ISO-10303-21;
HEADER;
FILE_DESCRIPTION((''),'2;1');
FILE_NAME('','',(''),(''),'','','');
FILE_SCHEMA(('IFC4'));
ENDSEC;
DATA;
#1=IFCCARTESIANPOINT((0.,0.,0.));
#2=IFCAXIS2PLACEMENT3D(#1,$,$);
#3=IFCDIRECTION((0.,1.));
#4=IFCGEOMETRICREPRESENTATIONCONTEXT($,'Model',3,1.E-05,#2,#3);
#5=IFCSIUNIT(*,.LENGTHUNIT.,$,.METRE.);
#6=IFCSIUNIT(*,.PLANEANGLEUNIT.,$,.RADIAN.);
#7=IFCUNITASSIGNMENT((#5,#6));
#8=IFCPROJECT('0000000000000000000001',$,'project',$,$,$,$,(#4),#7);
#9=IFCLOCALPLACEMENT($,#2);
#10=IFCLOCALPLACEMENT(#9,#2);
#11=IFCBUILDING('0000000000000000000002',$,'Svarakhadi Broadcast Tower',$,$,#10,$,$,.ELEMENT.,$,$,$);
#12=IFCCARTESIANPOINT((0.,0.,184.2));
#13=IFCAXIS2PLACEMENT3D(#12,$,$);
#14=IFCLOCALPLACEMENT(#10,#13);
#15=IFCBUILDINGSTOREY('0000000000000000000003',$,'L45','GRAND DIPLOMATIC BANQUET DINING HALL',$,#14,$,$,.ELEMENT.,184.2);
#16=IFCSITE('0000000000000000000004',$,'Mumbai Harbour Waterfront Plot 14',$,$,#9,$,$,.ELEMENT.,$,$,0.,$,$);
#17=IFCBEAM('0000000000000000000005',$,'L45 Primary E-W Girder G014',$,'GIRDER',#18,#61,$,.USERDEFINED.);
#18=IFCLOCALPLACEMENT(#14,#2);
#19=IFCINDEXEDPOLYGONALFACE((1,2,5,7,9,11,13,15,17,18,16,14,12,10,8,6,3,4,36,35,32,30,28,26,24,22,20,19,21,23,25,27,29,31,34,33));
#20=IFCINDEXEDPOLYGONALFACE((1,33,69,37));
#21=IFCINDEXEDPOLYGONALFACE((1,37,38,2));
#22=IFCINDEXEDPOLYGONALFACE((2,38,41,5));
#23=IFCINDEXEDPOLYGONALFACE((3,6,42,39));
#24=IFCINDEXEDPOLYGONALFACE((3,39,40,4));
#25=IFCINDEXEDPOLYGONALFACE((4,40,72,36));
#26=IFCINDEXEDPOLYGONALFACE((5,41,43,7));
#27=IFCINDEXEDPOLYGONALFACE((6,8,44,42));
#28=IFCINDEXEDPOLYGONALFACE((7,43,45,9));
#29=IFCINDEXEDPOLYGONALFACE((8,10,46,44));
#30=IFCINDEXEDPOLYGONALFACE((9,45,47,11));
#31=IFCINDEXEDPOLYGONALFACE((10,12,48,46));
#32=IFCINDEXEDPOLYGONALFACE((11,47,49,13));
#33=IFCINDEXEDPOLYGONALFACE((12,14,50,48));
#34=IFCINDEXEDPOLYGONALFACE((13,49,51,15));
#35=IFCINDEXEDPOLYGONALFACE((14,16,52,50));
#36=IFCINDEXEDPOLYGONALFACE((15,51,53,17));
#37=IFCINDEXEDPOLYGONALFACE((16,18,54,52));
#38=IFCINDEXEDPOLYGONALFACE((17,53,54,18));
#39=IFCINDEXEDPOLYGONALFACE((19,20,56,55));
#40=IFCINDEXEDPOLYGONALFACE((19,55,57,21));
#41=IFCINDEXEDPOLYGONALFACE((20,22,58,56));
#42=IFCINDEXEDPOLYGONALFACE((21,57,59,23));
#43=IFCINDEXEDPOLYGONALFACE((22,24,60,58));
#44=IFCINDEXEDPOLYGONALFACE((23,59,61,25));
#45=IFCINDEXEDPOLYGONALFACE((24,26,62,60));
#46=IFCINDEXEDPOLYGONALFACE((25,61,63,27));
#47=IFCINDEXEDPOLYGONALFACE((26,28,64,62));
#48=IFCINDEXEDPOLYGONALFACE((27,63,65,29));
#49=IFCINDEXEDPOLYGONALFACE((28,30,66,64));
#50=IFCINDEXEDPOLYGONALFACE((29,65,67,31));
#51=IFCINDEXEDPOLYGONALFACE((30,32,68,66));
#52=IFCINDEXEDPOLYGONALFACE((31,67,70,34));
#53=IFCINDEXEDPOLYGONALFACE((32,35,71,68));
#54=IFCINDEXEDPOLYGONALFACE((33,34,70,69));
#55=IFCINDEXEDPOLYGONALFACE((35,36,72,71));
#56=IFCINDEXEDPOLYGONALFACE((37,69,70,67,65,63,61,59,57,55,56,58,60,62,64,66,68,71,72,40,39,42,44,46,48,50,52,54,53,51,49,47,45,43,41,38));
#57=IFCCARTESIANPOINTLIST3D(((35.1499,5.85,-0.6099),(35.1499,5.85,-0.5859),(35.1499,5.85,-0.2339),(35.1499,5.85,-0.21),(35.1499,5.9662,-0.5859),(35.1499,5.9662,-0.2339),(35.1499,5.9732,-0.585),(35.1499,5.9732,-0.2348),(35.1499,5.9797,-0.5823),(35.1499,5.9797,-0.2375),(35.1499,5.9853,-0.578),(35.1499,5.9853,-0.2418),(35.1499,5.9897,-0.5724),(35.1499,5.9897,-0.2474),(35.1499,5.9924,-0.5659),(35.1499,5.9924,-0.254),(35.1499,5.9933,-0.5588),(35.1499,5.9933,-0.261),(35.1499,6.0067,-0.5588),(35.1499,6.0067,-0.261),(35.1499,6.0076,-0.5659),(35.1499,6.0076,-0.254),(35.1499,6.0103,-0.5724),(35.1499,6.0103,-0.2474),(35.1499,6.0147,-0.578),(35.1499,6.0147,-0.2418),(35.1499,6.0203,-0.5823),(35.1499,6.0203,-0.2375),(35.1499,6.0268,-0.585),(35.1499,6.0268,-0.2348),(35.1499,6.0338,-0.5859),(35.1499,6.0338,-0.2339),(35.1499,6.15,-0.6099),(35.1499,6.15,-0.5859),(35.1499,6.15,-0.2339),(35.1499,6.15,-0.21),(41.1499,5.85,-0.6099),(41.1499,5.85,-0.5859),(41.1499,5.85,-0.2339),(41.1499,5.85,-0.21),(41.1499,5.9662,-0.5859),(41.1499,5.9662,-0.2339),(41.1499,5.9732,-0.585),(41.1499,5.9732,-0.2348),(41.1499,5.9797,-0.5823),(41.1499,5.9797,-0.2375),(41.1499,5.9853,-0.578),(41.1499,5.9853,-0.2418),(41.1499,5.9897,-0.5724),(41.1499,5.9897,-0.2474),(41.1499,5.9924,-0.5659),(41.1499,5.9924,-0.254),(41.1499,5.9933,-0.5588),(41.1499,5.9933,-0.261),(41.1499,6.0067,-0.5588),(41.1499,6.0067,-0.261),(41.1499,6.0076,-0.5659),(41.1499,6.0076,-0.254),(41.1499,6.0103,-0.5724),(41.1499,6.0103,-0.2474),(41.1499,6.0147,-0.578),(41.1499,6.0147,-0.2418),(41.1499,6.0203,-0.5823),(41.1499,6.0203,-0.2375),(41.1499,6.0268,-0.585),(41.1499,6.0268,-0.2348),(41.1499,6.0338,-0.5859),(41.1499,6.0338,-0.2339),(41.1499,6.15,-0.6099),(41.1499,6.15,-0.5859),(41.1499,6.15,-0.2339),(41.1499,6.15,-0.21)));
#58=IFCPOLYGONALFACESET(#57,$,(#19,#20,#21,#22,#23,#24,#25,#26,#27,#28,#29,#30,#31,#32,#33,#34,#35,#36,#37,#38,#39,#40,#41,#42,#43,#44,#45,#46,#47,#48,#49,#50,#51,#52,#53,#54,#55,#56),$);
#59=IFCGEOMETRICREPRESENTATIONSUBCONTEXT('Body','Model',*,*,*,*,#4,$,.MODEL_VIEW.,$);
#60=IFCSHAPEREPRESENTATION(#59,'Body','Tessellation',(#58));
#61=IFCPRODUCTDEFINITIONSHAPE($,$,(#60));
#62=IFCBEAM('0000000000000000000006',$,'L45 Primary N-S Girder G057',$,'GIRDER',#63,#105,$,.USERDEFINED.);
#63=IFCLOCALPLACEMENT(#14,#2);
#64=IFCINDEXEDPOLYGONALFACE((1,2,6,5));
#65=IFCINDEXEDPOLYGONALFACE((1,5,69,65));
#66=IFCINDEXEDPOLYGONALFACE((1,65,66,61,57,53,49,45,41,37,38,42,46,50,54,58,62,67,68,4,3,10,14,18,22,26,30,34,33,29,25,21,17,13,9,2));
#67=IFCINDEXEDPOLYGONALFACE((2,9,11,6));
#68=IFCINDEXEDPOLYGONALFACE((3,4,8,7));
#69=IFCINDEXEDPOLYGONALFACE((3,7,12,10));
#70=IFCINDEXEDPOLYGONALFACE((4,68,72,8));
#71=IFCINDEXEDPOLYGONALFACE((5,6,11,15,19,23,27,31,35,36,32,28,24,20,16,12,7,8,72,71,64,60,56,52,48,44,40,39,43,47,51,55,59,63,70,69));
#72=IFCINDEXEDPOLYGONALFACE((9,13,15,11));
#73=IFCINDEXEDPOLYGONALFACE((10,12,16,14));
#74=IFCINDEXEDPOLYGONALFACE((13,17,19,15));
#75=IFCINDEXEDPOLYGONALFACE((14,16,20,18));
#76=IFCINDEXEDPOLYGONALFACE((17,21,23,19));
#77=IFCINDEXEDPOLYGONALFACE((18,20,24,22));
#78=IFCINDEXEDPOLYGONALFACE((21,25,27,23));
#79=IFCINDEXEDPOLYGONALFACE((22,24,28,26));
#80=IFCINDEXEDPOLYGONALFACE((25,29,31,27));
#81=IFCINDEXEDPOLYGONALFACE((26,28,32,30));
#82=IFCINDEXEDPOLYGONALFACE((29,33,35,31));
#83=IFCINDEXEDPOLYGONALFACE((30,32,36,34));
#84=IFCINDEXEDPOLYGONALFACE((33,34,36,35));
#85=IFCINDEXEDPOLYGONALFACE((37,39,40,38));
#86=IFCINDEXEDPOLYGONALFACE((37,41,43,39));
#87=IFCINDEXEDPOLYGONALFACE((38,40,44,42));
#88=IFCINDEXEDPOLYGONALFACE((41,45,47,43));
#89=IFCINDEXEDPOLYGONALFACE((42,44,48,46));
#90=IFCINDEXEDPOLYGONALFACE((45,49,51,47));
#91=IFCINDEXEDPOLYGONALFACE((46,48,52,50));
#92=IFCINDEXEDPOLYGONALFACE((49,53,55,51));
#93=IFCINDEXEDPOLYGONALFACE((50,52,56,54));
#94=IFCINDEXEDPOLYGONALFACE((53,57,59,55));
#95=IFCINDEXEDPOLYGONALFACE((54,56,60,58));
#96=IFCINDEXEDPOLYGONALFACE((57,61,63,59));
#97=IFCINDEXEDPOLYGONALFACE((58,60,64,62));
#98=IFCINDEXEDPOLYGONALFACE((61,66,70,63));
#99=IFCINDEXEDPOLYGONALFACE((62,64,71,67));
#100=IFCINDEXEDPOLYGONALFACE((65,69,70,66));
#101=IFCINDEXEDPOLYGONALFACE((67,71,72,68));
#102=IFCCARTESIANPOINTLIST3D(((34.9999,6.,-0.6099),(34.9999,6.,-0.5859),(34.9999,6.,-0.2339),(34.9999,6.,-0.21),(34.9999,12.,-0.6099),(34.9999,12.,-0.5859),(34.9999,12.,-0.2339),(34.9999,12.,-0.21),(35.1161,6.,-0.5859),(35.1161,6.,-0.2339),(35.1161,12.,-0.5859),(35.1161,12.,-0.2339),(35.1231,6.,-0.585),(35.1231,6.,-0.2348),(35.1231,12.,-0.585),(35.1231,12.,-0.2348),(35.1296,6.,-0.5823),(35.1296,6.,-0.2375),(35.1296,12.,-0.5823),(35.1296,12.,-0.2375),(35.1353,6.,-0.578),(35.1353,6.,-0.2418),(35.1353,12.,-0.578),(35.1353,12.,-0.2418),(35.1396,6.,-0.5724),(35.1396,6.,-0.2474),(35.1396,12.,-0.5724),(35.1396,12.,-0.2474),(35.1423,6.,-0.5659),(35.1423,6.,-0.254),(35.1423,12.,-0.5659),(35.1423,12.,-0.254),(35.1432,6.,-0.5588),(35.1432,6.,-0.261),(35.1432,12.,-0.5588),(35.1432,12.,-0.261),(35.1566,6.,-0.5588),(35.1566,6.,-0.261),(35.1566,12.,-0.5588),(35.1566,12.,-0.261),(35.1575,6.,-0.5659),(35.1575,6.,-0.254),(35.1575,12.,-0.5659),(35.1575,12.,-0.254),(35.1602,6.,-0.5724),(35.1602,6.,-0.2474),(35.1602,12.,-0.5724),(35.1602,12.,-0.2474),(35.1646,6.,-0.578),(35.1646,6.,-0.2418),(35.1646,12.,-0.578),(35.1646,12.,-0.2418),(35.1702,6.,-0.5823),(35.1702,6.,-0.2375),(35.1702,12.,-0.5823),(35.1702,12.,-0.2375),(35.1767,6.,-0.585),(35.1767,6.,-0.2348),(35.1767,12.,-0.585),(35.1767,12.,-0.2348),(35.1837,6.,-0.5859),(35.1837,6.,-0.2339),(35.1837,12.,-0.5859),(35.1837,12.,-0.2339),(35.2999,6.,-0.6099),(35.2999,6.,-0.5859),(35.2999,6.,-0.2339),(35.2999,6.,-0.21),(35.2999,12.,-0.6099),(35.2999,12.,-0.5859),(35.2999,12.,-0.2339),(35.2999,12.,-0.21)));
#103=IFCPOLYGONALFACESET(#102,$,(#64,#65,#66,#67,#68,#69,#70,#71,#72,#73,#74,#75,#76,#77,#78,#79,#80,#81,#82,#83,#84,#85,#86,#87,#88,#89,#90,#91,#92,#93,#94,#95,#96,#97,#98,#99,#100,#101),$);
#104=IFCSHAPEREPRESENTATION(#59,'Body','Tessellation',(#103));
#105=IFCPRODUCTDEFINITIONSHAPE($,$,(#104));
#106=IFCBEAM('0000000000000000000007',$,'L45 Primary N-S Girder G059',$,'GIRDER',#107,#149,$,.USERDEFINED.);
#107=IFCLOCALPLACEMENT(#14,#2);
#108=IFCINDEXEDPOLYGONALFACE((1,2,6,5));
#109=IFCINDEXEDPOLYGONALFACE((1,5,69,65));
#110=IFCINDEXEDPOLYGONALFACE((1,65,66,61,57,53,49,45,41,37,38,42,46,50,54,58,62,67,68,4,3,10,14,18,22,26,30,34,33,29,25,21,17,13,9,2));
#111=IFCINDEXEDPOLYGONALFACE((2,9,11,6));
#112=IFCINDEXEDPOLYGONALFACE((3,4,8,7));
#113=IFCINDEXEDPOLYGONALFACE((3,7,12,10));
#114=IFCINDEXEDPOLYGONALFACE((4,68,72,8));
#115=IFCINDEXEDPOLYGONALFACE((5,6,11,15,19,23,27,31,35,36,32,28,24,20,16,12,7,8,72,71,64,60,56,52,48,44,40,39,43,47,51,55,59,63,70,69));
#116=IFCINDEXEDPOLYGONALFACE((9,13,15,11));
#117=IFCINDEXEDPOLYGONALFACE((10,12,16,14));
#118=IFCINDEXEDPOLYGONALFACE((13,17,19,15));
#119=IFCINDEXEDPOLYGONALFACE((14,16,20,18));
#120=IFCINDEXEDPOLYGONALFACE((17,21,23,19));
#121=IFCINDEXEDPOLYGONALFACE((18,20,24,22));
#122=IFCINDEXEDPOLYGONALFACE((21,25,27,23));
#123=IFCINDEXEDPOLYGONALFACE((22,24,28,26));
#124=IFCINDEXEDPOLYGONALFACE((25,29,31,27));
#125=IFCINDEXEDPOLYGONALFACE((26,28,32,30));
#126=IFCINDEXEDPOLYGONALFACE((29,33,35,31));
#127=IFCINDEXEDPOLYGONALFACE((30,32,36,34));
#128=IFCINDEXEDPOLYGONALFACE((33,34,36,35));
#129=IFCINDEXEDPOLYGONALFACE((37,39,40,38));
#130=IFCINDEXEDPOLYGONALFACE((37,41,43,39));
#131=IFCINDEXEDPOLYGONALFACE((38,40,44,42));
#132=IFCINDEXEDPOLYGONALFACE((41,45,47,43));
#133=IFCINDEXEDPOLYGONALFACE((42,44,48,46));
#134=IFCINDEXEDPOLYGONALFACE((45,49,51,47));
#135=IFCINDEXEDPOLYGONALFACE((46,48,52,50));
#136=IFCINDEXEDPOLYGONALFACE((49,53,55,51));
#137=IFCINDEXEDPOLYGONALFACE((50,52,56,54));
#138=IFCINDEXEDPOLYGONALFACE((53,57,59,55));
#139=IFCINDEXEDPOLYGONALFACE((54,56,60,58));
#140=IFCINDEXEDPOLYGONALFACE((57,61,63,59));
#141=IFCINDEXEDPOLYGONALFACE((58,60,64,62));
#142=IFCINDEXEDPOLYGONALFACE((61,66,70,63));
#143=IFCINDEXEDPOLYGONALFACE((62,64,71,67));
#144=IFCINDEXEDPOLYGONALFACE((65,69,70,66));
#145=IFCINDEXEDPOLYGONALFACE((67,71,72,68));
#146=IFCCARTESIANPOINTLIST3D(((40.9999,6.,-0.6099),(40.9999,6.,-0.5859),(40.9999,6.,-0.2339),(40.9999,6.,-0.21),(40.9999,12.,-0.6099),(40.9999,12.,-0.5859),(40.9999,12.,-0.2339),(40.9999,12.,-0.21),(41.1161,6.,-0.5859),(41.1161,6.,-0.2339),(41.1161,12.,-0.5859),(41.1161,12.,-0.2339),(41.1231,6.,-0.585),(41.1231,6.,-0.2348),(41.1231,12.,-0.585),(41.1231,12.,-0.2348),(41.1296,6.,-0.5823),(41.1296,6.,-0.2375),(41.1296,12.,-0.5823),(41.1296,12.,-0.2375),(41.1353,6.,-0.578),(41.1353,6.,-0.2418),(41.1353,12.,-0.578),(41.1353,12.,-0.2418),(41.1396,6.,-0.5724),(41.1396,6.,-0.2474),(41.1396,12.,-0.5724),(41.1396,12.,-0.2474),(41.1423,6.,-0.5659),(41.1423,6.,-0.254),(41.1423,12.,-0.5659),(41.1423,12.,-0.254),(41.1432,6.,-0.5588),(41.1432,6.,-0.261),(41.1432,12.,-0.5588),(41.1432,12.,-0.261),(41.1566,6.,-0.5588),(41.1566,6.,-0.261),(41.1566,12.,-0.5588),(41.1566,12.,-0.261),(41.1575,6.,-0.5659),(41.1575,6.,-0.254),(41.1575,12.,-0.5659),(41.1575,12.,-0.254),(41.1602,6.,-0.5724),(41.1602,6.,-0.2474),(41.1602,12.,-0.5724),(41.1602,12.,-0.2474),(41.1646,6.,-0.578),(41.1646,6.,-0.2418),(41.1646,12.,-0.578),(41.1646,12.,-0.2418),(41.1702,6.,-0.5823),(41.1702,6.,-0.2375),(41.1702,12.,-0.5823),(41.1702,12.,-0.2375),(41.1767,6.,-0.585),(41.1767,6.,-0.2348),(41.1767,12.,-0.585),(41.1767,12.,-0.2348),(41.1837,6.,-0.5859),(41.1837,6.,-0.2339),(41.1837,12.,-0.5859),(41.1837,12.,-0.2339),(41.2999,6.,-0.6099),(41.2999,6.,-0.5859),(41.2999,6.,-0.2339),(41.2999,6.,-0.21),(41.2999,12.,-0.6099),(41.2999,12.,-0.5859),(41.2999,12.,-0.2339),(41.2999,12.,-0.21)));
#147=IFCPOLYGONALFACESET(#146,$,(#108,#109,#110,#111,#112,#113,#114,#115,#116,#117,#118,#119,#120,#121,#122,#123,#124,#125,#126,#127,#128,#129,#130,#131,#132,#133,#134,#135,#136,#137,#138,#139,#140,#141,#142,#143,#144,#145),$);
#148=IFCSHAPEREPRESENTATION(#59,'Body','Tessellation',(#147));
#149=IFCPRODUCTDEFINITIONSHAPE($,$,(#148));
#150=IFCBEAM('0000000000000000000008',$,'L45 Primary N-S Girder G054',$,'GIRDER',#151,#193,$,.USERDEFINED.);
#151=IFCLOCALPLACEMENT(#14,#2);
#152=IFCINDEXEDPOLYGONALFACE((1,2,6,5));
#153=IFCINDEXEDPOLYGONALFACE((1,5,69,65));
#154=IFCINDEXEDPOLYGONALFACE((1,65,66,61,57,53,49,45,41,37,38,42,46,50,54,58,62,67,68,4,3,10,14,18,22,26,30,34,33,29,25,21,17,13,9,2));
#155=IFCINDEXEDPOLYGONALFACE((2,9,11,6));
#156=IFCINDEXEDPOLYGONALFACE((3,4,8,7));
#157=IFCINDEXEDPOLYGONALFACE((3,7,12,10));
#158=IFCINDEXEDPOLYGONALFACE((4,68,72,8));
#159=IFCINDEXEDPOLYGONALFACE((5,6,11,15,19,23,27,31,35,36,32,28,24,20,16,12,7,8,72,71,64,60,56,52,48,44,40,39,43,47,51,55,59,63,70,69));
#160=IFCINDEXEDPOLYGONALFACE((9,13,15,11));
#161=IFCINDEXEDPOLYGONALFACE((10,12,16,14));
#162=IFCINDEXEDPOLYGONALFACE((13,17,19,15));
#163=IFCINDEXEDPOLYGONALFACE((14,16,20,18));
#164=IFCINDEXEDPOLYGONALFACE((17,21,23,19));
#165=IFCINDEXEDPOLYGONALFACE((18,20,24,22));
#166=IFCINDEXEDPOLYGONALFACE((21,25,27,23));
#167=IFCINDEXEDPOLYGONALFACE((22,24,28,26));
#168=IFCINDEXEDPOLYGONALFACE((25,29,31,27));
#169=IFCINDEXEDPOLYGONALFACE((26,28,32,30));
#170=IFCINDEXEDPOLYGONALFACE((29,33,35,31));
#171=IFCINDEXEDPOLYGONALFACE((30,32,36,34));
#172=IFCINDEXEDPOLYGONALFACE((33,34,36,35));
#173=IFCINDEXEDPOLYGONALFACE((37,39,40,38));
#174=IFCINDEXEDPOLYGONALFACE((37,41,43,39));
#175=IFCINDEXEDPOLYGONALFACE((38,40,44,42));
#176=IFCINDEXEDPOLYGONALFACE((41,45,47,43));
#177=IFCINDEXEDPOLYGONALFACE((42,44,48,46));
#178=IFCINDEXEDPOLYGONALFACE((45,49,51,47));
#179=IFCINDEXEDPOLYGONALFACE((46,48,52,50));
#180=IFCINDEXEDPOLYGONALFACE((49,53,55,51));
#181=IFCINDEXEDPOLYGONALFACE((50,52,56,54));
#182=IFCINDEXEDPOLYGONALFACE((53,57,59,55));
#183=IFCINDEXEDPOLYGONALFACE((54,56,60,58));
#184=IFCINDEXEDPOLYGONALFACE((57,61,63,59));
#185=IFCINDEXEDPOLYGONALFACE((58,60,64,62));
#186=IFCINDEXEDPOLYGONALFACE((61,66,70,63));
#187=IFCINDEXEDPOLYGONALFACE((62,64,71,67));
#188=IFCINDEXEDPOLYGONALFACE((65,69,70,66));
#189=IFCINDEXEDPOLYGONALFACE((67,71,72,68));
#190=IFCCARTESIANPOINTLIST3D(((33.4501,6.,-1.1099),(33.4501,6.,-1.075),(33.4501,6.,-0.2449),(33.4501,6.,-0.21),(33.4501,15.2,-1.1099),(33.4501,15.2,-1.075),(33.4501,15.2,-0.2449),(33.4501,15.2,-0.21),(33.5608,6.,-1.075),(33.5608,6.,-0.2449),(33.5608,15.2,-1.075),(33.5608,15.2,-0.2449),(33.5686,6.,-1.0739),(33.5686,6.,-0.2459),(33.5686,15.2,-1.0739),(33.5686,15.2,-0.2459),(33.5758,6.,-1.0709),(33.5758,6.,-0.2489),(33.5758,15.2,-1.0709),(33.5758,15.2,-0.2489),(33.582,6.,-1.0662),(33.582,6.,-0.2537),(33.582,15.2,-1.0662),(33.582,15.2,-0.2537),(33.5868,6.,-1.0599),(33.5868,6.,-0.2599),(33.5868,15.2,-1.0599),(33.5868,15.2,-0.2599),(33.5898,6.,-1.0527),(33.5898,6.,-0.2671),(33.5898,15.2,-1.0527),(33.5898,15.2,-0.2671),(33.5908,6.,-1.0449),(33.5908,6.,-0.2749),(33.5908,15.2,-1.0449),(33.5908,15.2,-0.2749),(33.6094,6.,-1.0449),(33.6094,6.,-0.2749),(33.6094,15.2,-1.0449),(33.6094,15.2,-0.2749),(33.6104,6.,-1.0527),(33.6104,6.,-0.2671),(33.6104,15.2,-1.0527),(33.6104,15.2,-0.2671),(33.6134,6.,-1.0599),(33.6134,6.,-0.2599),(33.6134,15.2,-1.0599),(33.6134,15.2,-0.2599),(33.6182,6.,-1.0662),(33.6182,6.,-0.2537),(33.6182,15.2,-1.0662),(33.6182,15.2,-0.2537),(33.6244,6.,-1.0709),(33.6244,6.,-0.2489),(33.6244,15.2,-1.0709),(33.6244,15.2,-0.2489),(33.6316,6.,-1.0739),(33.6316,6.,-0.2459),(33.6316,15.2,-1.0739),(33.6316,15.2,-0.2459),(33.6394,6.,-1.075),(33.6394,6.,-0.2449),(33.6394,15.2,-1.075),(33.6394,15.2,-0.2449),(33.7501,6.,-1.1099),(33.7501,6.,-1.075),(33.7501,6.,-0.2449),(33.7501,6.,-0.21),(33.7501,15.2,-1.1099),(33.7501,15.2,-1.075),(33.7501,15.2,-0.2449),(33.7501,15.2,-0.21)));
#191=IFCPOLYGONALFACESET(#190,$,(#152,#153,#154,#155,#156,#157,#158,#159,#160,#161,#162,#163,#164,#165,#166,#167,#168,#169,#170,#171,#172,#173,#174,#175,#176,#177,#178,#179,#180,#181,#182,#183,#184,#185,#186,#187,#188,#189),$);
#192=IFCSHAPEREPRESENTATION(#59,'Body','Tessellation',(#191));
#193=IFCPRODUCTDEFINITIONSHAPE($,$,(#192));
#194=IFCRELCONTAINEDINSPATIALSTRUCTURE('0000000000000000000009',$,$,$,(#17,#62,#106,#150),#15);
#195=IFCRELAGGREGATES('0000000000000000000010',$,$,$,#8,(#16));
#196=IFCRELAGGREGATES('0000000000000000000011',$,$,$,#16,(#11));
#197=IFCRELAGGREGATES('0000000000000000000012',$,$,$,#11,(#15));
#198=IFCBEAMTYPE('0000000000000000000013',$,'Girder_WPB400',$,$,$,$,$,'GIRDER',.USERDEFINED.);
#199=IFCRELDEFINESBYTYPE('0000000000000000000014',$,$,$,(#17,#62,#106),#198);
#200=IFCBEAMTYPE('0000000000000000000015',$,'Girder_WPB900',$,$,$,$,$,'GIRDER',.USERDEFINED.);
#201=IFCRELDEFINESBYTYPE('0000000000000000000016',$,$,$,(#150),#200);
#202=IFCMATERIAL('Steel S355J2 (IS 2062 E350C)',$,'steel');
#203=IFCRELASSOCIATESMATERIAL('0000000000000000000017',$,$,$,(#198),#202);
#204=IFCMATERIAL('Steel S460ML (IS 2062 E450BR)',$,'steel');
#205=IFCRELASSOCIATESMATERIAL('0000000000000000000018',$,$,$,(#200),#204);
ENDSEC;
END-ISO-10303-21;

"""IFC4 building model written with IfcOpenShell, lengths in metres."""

from ifc_helpers import new_model, si_unit, direction, frame, origin, origin_2d, place, context, subcontext, project, spatial, i_section, extrude, material, material_profile, profile_set, type_object, element, save


model = new_model("IFC4")

# Units and contexts
model_context = context("Model", 3, precision=1e-05, world=origin(), true_north=direction((0.0, 1.0)))
body_context = subcontext(model_context, "Body", "Model", "MODEL_VIEW")
ifc_project = project(units=[si_unit("LENGTHUNIT", "METRE"), si_unit("PLANEANGLEUNIT", "RADIAN")], contexts=[model_context])

# Site, building, storey
site_placement = place(None, origin())
site = spatial("IfcSite", under=ifc_project, at=site_placement, Name="Mumbai Harbour Waterfront Plot 14", CompositionType="ELEMENT", RefElevation=0.0)
building_placement = place(site_placement, origin())
building = spatial("IfcBuilding", under=site, at=building_placement, Name="Svarakhadi Broadcast Tower", CompositionType="ELEMENT")
storey_placement = place(building_placement, frame((0.0, 0.0, 184.2)))
storey = spatial("IfcBuildingStorey", under=building, at=storey_placement, Name="L45", Description="GRAND DIPLOMATIC BANQUET DINING HALL", CompositionType="ELEMENT", Elevation=184.2)

# Shared definitions
ifc_material_1 = material(Name="Steel S460ML (IS 2062 E450BR)", Category="steel")

# Shared definitions
ifc_material_2 = material(Name="Steel S355J2 (IS 2062 E350C)", Category="steel")

# Beams
ifc_material_profile_1 = material_profile(ifc_material_2, i_section(OverallWidth=0.3, OverallDepth=0.3999, WebThickness=0.0134, FlangeThickness=0.0239, FilletRadius=0.0271, at=origin_2d()), Name="WPB 400x300x155")
ifc_profile_set_1 = profile_set([ifc_material_profile_1], Name="Steel S355J2 (IS 2062 E350C)")
beam_type_1 = type_object("IfcBeamType", Name="Girder_WPB400", ElementType="GIRDER", PredefinedType="USERDEFINED", material=ifc_profile_set_1)
for number, where, z_axis, x_axis, name in (
    (1, (35.1499, 6.0, -0.4099), (1.0, 0.0, 0.0), (0.0, 1.0, 0.0), "L45 Primary E-W Girder G014"),
    (2, (35.1499, 6.0, -0.4099), (0.0, 1.0, 0.0), (-1.0, 0.0, 0.0), "L45 Primary N-S Girder G057"),
    (3, (41.1499, 6.0, -0.4099), (0.0, 1.0, 0.0), (-1.0, 0.0, 0.0), "L45 Primary N-S Girder G059"),
):
    element("IfcBeam", number, at=place(storey_placement, frame(where, z_axis=z_axis, x_axis=x_axis)), inside=storey, type_object=beam_type_1, Name=name, ObjectType="GIRDER", PredefinedType="USERDEFINED", context=body_context, shape_type="SweptSolid", body=[
        extrude(i_section(OverallWidth=0.3, OverallDepth=0.3999, WebThickness=0.0134, FlangeThickness=0.0239, FilletRadius=0.0271, at=origin_2d()), origin(), (0.0, 0.0, 1.0), 6.0),
    ])
ifc_material_profile_2 = material_profile(ifc_material_1, i_section(OverallWidth=0.3, OverallDepth=0.8999, WebThickness=0.0186, FlangeThickness=0.0349, FilletRadius=0.03, at=origin_2d()), Name="WPB 900x300x291")
ifc_profile_set_2 = profile_set([ifc_material_profile_2], Name="Steel S460ML (IS 2062 E450BR)")
beam_type_2 = type_object("IfcBeamType", Name="Girder_WPB900", ElementType="GIRDER", PredefinedType="USERDEFINED", material=ifc_profile_set_2)
beam_1_placement = place(storey_placement, frame((33.6001, 6.0, -0.6599), z_axis=(0.0, 1.0, 0.0), x_axis=(-1.0, 0.0, 0.0)))
element("IfcBeam", 4, at=beam_1_placement, inside=storey, type_object=beam_type_2, Name="L45 Primary N-S Girder G054", ObjectType="GIRDER", PredefinedType="USERDEFINED", context=body_context, shape_type="SweptSolid", body=[
    extrude(i_section(OverallWidth=0.3, OverallDepth=0.8999, WebThickness=0.0186, FlangeThickness=0.0349, FilletRadius=0.03, at=origin_2d()), origin(), (0.0, 0.0, 1.0), 9.2),
])

save(model, "model.ifc")
